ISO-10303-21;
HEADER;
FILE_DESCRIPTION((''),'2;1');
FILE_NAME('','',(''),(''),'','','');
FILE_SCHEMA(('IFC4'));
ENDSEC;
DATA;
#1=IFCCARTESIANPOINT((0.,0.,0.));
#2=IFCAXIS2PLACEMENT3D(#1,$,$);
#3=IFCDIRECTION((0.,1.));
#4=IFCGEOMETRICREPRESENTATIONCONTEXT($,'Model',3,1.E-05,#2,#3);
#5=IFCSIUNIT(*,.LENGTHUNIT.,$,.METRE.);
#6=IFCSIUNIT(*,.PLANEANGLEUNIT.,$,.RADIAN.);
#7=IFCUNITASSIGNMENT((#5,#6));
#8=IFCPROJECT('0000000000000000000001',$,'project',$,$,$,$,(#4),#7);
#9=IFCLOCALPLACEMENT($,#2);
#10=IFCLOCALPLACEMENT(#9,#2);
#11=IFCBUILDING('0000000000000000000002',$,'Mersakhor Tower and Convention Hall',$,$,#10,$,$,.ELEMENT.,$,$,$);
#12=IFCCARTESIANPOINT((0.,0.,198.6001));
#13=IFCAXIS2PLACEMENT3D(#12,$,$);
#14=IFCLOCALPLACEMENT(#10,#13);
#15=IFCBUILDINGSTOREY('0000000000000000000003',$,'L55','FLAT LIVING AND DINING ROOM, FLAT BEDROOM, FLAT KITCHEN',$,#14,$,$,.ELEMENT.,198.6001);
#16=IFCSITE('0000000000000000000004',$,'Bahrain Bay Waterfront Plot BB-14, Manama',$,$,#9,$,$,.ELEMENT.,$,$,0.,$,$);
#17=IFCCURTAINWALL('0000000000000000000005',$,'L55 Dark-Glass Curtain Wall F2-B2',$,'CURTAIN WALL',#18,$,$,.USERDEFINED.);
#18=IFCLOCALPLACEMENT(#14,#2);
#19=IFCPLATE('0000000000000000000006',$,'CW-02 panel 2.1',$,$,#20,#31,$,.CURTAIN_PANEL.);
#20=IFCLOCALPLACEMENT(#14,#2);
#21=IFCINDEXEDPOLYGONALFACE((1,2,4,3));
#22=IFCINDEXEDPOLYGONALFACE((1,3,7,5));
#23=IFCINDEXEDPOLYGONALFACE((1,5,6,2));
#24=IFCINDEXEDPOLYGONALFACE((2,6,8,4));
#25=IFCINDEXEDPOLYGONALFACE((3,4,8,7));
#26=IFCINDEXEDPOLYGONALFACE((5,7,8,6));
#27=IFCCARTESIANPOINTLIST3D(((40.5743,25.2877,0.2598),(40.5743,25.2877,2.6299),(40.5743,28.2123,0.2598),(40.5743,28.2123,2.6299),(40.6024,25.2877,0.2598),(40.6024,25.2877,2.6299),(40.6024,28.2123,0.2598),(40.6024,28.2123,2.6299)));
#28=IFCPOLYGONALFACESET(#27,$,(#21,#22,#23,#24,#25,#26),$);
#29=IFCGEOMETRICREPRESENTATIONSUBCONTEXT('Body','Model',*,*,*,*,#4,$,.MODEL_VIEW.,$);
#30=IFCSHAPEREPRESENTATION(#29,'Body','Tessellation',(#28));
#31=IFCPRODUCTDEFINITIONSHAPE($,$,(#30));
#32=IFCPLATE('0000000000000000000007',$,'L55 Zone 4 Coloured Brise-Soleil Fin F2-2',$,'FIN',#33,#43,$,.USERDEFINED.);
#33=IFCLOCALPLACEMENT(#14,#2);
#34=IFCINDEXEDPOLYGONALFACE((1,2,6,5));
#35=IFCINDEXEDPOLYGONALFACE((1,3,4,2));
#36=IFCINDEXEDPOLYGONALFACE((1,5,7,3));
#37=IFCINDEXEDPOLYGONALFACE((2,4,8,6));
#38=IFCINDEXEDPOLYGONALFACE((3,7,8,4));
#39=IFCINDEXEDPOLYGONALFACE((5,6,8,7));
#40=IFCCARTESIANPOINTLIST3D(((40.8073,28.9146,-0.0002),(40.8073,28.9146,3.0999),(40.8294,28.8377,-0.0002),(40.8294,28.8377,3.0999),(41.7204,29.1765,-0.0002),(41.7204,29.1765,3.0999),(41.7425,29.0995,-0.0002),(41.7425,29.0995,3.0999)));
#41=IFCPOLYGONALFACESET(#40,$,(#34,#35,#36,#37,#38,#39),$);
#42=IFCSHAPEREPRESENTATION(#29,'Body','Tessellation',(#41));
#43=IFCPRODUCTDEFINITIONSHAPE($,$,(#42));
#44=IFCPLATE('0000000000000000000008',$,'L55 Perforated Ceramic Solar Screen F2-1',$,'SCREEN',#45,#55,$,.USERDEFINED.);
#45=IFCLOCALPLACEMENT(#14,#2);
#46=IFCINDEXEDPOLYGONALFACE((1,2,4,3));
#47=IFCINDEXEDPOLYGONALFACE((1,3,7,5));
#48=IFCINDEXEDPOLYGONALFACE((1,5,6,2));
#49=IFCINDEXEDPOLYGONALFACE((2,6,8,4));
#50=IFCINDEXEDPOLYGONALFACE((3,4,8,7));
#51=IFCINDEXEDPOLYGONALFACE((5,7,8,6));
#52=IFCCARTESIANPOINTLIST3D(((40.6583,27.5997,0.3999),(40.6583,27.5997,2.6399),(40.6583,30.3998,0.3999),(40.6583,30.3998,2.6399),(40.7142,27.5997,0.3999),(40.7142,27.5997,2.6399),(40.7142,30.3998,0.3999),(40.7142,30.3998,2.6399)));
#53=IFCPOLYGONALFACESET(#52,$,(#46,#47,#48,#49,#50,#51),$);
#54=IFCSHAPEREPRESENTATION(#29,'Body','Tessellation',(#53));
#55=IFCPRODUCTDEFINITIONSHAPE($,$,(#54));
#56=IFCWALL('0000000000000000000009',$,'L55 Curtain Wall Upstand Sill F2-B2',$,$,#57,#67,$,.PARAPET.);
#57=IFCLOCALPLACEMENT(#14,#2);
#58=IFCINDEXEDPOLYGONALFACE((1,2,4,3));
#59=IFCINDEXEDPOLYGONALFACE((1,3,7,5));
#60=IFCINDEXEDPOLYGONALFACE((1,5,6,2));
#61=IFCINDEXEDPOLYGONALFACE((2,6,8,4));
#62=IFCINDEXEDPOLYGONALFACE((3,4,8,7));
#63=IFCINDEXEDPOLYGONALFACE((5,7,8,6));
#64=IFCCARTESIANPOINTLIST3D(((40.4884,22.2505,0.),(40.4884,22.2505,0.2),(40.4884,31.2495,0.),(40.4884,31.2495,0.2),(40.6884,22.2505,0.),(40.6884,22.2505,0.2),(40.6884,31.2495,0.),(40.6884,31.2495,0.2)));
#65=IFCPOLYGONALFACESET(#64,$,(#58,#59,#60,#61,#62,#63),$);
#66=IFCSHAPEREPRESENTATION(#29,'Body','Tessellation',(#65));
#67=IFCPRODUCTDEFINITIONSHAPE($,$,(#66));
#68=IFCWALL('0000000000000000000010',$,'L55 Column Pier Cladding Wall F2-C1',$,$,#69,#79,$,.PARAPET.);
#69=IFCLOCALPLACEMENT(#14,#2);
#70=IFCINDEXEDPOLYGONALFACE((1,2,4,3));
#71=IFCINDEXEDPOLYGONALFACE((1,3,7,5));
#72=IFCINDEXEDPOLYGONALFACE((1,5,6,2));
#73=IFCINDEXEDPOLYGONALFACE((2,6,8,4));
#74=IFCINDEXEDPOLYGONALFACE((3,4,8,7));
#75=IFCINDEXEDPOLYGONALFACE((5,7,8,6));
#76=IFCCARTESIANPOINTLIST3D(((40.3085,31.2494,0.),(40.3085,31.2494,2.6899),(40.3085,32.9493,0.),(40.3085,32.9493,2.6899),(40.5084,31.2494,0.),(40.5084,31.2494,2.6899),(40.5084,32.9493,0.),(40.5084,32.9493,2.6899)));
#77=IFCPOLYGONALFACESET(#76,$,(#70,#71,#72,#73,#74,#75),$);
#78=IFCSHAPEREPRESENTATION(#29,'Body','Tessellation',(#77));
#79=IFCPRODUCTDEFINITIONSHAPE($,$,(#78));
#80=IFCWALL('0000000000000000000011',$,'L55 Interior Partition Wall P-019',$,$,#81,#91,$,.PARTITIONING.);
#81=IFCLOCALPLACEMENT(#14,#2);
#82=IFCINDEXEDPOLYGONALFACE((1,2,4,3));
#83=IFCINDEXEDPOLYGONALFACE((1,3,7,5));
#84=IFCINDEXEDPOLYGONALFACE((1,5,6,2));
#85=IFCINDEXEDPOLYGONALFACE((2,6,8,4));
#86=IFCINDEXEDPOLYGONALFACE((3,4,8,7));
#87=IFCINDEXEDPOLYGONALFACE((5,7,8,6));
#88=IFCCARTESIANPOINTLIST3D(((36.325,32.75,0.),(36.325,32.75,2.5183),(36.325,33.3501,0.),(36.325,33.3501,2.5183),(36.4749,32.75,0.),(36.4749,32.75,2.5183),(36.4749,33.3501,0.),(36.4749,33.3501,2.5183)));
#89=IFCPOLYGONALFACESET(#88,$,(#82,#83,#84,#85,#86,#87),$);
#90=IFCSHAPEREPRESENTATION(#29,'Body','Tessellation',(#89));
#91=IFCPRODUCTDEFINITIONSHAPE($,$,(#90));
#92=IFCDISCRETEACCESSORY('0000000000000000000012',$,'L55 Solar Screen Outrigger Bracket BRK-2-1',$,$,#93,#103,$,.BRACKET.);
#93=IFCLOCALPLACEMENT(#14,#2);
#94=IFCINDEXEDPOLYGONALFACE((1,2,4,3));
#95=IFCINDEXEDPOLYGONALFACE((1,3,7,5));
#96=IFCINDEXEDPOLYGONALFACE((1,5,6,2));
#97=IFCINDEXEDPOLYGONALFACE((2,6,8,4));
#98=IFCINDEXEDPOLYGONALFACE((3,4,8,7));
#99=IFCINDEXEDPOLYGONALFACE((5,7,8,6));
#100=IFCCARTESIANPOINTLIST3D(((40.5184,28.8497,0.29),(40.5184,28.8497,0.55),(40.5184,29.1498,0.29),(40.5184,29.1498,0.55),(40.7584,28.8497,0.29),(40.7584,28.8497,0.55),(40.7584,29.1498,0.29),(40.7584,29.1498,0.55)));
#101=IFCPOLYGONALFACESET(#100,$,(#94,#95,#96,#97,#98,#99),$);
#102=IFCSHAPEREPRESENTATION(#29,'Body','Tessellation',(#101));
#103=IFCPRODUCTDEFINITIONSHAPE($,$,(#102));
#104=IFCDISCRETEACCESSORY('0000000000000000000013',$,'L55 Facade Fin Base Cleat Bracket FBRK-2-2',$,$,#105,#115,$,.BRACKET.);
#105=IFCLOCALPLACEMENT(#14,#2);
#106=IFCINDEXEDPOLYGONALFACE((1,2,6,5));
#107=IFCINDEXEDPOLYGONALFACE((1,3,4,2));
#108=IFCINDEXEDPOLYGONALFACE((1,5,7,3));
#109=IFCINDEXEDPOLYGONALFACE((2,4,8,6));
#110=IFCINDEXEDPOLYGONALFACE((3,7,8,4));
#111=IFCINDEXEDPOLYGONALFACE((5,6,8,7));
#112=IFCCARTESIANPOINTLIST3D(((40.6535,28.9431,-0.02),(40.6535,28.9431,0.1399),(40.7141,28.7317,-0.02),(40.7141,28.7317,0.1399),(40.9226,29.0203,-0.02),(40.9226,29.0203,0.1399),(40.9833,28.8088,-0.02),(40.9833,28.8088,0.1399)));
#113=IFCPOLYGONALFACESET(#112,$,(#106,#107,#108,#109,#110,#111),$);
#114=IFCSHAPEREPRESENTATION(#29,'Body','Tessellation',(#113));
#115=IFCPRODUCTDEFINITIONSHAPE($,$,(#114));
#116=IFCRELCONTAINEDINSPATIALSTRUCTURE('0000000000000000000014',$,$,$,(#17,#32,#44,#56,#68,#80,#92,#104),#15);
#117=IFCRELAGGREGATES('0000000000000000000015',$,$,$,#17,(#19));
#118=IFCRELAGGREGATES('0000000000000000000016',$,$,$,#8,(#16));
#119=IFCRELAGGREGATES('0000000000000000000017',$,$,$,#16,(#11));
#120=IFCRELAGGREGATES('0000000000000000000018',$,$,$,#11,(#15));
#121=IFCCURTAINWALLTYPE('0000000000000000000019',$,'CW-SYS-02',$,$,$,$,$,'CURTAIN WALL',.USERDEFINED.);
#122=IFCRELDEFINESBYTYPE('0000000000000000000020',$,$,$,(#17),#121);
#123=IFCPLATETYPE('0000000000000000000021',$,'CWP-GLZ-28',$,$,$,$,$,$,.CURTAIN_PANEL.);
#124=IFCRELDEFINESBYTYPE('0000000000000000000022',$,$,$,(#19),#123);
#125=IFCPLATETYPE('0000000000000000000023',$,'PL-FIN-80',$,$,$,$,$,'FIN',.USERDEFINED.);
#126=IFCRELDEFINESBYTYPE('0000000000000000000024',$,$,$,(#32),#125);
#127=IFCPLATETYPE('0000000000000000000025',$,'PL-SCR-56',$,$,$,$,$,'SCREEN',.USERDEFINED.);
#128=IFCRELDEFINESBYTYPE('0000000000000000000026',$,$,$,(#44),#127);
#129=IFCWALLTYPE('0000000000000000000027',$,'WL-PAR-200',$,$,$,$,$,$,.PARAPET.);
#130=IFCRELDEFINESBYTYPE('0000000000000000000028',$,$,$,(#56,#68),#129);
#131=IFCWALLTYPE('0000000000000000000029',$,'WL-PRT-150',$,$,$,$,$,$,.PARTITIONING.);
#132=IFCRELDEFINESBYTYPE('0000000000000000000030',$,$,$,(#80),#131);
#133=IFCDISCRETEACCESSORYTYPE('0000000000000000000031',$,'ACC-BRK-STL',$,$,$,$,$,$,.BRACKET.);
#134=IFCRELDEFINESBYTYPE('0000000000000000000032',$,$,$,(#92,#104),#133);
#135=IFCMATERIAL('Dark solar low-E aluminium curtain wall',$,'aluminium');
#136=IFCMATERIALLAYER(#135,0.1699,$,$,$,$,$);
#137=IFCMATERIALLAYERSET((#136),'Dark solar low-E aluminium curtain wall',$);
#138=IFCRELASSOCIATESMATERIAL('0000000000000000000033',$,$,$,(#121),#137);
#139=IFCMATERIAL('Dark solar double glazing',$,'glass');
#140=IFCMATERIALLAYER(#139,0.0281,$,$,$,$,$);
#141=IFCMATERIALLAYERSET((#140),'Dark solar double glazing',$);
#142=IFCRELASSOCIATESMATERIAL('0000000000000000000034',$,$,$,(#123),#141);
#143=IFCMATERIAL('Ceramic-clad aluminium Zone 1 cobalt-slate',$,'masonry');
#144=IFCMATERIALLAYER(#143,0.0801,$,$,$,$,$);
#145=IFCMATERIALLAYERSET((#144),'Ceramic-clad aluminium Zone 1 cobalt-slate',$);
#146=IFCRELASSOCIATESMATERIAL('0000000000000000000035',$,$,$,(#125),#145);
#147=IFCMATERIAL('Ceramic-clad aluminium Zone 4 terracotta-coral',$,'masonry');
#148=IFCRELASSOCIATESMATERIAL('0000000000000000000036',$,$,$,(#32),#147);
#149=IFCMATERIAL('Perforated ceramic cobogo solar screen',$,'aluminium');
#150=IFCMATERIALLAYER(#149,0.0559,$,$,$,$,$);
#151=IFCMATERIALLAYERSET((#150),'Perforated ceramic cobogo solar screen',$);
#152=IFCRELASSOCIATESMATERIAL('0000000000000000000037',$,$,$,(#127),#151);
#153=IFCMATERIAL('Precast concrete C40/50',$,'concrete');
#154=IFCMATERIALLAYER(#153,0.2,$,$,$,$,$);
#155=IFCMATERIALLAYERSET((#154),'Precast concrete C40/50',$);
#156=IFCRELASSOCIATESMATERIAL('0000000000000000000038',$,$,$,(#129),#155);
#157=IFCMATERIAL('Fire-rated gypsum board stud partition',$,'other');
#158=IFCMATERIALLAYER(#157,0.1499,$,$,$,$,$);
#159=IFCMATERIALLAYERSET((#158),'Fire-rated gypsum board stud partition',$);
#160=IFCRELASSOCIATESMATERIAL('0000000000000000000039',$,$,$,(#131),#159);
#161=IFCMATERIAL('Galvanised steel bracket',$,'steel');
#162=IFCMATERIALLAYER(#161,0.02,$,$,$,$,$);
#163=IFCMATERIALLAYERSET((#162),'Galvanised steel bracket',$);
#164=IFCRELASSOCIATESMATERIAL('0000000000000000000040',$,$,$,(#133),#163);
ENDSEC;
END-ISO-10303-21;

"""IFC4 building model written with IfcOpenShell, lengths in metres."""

from ifc_helpers import new_model, si_unit, direction, frame, frame_2d, origin, origin_2d, place, context, subcontext, project, spatial, rectangle, extrude, material, layer, layer_set, type_object, element, aggregate, save


model = new_model("IFC4")

# Units and contexts
model_context = context("Model", 3, precision=1e-05, world=origin(), true_north=direction((0.0, 1.0)))
body_context = subcontext(model_context, "Body", "Model", "MODEL_VIEW")
ifc_project = project(units=[si_unit("LENGTHUNIT", "METRE"), si_unit("PLANEANGLEUNIT", "RADIAN")], contexts=[model_context])

# Site, building, storey
site_placement = place(None, origin())
site = spatial("IfcSite", under=ifc_project, at=site_placement, Name="Bahrain Bay Waterfront Plot BB-14, Manama", CompositionType="ELEMENT", RefElevation=0.0)
building_placement = place(site_placement, origin())
building = spatial("IfcBuilding", under=site, at=building_placement, Name="Mersakhor Tower and Convention Hall", CompositionType="ELEMENT")
storey_placement = place(building_placement, frame((0.0, 0.0, 198.6001)))
storey = spatial("IfcBuildingStorey", under=building, at=storey_placement, Name="L55", Description="FLAT LIVING AND DINING ROOM, FLAT BEDROOM, FLAT KITCHEN", CompositionType="ELEMENT", Elevation=198.6001)

# Curtain wall, plate
ifc_material_1 = material(Name="Dark solar low-E aluminium curtain wall", Category="aluminium")
ifc_layer_1 = layer(ifc_material_1, 0.1699)
ifc_layer_set_1 = layer_set([ifc_layer_1], Name="Dark solar low-E aluminium curtain wall")
curtain_wall_type = type_object("IfcCurtainWallType", Name="CW-SYS-02", ElementType="CURTAIN WALL", PredefinedType="USERDEFINED", material=ifc_layer_set_1)
curtain_wall_placement = place(storey_placement, origin())
curtain_wall = element("IfcCurtainWall", 1, at=curtain_wall_placement, inside=storey, type_object=curtain_wall_type, Name="L55 Dark-Glass Curtain Wall F2-B2", ObjectType="CURTAIN WALL", PredefinedType="USERDEFINED")
ifc_material_2 = material(Name="Dark solar double glazing", Category="glass")
ifc_layer_2 = layer(ifc_material_2, 0.0281)
ifc_layer_set_2 = layer_set([ifc_layer_2], Name="Dark solar double glazing")
plate_type_1 = type_object("IfcPlateType", Name="CWP-GLZ-28", PredefinedType="CURTAIN_PANEL", material=ifc_layer_set_2)
plate_1_placement = place(storey_placement, frame((40.5884, 26.75, 0.2598), z_axis=(0.0, 0.0, 1.0), x_axis=(0.0, -1.0, 0.0)))
plate_1 = element("IfcPlate", 2, at=plate_1_placement, type_object=plate_type_1, Name="CW-02 panel 2.1", PredefinedType="CURTAIN_PANEL", context=body_context, shape_type="SweptSolid", body=[
    extrude(rectangle(XDim=2.9246, YDim=0.0281, at=origin_2d()), origin(), (0.0, 0.0, 1.0), 2.3701),
])
aggregate(curtain_wall, [plate_1])

# Plates
ifc_material_3 = material(Name="Ceramic-clad aluminium Zone 4 terracotta-coral", Category="masonry")
ifc_material_4 = material(Name="Ceramic-clad aluminium Zone 1 cobalt-slate", Category="masonry")
ifc_layer_3 = layer(ifc_material_4, 0.0801)
ifc_layer_set_3 = layer_set([ifc_layer_3], Name="Ceramic-clad aluminium Zone 1 cobalt-slate")
plate_type_2 = type_object("IfcPlateType", Name="PL-FIN-80", ElementType="FIN", PredefinedType="USERDEFINED", material=ifc_layer_set_3)
plate_2_placement = place(storey_placement, frame((41.2749, 29.0071, -0.0002), z_axis=(0.0, 0.0, 1.0), x_axis=(0.961262, 0.275637, 0.0)))
element("IfcPlate", 3, at=plate_2_placement, inside=storey, type_object=plate_type_2, material=ifc_material_3, Name="L55 Zone 4 Coloured Brise-Soleil Fin F2-2", ObjectType="FIN", PredefinedType="USERDEFINED", context=body_context, shape_type="SweptSolid", body=[
    extrude(rectangle(XDim=0.95, YDim=0.0801, at=origin_2d()), origin(), (0.0, 0.0, 1.0), 3.1001),
])
ifc_material_5 = material(Name="Perforated ceramic cobogo solar screen", Category="aluminium")
ifc_layer_4 = layer(ifc_material_5, 0.0559)
ifc_layer_set_4 = layer_set([ifc_layer_4], Name="Perforated ceramic cobogo solar screen")
plate_type_3 = type_object("IfcPlateType", Name="PL-SCR-56", ElementType="SCREEN", PredefinedType="USERDEFINED", material=ifc_layer_set_4)
plate_3_placement = place(storey_placement, frame((40.6863, 28.9998, 0.3999), z_axis=(0.0, 0.0, 1.0), x_axis=(0.0, -1.0, 0.0)))
element("IfcPlate", 4, at=plate_3_placement, inside=storey, type_object=plate_type_3, Name="L55 Perforated Ceramic Solar Screen F2-1", ObjectType="SCREEN", PredefinedType="USERDEFINED", context=body_context, shape_type="SweptSolid", body=[
    extrude(rectangle(XDim=2.8, YDim=0.0559, at=origin_2d()), origin(), (0.0, 0.0, 1.0), 2.24),
])

# Walls
ifc_material_6 = material(Name="Precast concrete C40/50", Category="concrete")
ifc_layer_5 = layer(ifc_material_6, 0.2)
ifc_layer_set_5 = layer_set([ifc_layer_5], Name="Precast concrete C40/50")
wall_type_1 = type_object("IfcWallType", Name="WL-PAR-200", PredefinedType="PARAPET", material=ifc_layer_set_5)
wall_1_placement = place(storey_placement, frame((40.5884, 31.2495, 0.0), z_axis=(0.0, 0.0, 1.0), x_axis=(0.0, -1.0, 0.0)))
element("IfcWall", 5, at=wall_1_placement, inside=storey, type_object=wall_type_1, Name="L55 Curtain Wall Upstand Sill F2-B2", PredefinedType="PARAPET", context=body_context, shape_type="SweptSolid", body=[
    extrude(rectangle(XDim=8.999, YDim=0.2, at=frame_2d((4.4995, 0.0))), origin(), (0.0, 0.0, 1.0), 0.2),
])
wall_2_placement = place(storey_placement, frame((40.4084, 32.9495, 0.0), z_axis=(0.0, 0.0, 1.0), x_axis=(0.0, -1.0, 0.0)))
element("IfcWall", 6, at=wall_2_placement, inside=storey, type_object=wall_type_1, Name="L55 Column Pier Cladding Wall F2-C1", PredefinedType="PARAPET", context=body_context, shape_type="SweptSolid", body=[
    extrude(rectangle(XDim=1.7, YDim=0.2, at=frame_2d((0.8501, 0.0))), origin(), (0.0, 0.0, 1.0), 2.6899),
])

# Shared definitions
ifc_material_7 = material(Name="Fire-rated gypsum board stud partition", Category="other")
ifc_layer_6 = layer(ifc_material_7, 0.1499)
ifc_layer_set_6 = layer_set([ifc_layer_6], Name="Fire-rated gypsum board stud partition")
wall_type_2 = type_object("IfcWallType", Name="WL-PRT-150", PredefinedType="PARTITIONING", material=ifc_layer_set_6)

# Wall
wall_3_placement = place(storey_placement, frame((36.3999, 32.75, 0.0), z_axis=(0.0, 0.0, 1.0), x_axis=(0.0, 1.0, 0.0)))
element("IfcWall", 7, at=wall_3_placement, inside=storey, type_object=wall_type_2, Name="L55 Interior Partition Wall P-019", PredefinedType="PARTITIONING", context=body_context, shape_type="SweptSolid", body=[
    extrude(rectangle(XDim=0.6001, YDim=0.1499, at=frame_2d((0.3, 0.0))), origin(), (0.0, 0.0, 1.0), 2.5183),
])

# Discrete accessories
ifc_material_8 = material(Name="Galvanised steel bracket", Category="steel")
ifc_layer_7 = layer(ifc_material_8, 0.02)
ifc_layer_set_7 = layer_set([ifc_layer_7], Name="Galvanised steel bracket")
discrete_accessory_type = type_object("IfcDiscreteAccessoryType", Name="ACC-BRK-STL", PredefinedType="BRACKET", material=ifc_layer_set_7)
discrete_accessory_1_placement = place(storey_placement, frame((40.6384, 28.9998, 0.29), z_axis=(0.0, 0.0, 1.0), x_axis=(0.0, -1.0, 0.0)))
element("IfcDiscreteAccessory", 8, at=discrete_accessory_1_placement, inside=storey, type_object=discrete_accessory_type, Name="L55 Solar Screen Outrigger Bracket BRK-2-1", PredefinedType="BRACKET", context=body_context, shape_type="SweptSolid", body=[
    extrude(rectangle(XDim=0.3, YDim=0.24, at=origin_2d()), origin(), (0.0, 0.0, 1.0), 0.26),
])
discrete_accessory_2_placement = place(storey_placement, frame((40.8184, 28.876, -0.02), z_axis=(0.0, 0.0, 1.0), x_axis=(0.961262, 0.275637, 0.0)))
element("IfcDiscreteAccessory", 9, at=discrete_accessory_2_placement, inside=storey, type_object=discrete_accessory_type, Name="L55 Facade Fin Base Cleat Bracket FBRK-2-2", PredefinedType="BRACKET", context=body_context, shape_type="SweptSolid", body=[
    extrude(rectangle(XDim=0.28, YDim=0.22, at=origin_2d()), origin(), (0.0, 0.0, 1.0), 0.1599),
])

save(model, "model.ifc")
